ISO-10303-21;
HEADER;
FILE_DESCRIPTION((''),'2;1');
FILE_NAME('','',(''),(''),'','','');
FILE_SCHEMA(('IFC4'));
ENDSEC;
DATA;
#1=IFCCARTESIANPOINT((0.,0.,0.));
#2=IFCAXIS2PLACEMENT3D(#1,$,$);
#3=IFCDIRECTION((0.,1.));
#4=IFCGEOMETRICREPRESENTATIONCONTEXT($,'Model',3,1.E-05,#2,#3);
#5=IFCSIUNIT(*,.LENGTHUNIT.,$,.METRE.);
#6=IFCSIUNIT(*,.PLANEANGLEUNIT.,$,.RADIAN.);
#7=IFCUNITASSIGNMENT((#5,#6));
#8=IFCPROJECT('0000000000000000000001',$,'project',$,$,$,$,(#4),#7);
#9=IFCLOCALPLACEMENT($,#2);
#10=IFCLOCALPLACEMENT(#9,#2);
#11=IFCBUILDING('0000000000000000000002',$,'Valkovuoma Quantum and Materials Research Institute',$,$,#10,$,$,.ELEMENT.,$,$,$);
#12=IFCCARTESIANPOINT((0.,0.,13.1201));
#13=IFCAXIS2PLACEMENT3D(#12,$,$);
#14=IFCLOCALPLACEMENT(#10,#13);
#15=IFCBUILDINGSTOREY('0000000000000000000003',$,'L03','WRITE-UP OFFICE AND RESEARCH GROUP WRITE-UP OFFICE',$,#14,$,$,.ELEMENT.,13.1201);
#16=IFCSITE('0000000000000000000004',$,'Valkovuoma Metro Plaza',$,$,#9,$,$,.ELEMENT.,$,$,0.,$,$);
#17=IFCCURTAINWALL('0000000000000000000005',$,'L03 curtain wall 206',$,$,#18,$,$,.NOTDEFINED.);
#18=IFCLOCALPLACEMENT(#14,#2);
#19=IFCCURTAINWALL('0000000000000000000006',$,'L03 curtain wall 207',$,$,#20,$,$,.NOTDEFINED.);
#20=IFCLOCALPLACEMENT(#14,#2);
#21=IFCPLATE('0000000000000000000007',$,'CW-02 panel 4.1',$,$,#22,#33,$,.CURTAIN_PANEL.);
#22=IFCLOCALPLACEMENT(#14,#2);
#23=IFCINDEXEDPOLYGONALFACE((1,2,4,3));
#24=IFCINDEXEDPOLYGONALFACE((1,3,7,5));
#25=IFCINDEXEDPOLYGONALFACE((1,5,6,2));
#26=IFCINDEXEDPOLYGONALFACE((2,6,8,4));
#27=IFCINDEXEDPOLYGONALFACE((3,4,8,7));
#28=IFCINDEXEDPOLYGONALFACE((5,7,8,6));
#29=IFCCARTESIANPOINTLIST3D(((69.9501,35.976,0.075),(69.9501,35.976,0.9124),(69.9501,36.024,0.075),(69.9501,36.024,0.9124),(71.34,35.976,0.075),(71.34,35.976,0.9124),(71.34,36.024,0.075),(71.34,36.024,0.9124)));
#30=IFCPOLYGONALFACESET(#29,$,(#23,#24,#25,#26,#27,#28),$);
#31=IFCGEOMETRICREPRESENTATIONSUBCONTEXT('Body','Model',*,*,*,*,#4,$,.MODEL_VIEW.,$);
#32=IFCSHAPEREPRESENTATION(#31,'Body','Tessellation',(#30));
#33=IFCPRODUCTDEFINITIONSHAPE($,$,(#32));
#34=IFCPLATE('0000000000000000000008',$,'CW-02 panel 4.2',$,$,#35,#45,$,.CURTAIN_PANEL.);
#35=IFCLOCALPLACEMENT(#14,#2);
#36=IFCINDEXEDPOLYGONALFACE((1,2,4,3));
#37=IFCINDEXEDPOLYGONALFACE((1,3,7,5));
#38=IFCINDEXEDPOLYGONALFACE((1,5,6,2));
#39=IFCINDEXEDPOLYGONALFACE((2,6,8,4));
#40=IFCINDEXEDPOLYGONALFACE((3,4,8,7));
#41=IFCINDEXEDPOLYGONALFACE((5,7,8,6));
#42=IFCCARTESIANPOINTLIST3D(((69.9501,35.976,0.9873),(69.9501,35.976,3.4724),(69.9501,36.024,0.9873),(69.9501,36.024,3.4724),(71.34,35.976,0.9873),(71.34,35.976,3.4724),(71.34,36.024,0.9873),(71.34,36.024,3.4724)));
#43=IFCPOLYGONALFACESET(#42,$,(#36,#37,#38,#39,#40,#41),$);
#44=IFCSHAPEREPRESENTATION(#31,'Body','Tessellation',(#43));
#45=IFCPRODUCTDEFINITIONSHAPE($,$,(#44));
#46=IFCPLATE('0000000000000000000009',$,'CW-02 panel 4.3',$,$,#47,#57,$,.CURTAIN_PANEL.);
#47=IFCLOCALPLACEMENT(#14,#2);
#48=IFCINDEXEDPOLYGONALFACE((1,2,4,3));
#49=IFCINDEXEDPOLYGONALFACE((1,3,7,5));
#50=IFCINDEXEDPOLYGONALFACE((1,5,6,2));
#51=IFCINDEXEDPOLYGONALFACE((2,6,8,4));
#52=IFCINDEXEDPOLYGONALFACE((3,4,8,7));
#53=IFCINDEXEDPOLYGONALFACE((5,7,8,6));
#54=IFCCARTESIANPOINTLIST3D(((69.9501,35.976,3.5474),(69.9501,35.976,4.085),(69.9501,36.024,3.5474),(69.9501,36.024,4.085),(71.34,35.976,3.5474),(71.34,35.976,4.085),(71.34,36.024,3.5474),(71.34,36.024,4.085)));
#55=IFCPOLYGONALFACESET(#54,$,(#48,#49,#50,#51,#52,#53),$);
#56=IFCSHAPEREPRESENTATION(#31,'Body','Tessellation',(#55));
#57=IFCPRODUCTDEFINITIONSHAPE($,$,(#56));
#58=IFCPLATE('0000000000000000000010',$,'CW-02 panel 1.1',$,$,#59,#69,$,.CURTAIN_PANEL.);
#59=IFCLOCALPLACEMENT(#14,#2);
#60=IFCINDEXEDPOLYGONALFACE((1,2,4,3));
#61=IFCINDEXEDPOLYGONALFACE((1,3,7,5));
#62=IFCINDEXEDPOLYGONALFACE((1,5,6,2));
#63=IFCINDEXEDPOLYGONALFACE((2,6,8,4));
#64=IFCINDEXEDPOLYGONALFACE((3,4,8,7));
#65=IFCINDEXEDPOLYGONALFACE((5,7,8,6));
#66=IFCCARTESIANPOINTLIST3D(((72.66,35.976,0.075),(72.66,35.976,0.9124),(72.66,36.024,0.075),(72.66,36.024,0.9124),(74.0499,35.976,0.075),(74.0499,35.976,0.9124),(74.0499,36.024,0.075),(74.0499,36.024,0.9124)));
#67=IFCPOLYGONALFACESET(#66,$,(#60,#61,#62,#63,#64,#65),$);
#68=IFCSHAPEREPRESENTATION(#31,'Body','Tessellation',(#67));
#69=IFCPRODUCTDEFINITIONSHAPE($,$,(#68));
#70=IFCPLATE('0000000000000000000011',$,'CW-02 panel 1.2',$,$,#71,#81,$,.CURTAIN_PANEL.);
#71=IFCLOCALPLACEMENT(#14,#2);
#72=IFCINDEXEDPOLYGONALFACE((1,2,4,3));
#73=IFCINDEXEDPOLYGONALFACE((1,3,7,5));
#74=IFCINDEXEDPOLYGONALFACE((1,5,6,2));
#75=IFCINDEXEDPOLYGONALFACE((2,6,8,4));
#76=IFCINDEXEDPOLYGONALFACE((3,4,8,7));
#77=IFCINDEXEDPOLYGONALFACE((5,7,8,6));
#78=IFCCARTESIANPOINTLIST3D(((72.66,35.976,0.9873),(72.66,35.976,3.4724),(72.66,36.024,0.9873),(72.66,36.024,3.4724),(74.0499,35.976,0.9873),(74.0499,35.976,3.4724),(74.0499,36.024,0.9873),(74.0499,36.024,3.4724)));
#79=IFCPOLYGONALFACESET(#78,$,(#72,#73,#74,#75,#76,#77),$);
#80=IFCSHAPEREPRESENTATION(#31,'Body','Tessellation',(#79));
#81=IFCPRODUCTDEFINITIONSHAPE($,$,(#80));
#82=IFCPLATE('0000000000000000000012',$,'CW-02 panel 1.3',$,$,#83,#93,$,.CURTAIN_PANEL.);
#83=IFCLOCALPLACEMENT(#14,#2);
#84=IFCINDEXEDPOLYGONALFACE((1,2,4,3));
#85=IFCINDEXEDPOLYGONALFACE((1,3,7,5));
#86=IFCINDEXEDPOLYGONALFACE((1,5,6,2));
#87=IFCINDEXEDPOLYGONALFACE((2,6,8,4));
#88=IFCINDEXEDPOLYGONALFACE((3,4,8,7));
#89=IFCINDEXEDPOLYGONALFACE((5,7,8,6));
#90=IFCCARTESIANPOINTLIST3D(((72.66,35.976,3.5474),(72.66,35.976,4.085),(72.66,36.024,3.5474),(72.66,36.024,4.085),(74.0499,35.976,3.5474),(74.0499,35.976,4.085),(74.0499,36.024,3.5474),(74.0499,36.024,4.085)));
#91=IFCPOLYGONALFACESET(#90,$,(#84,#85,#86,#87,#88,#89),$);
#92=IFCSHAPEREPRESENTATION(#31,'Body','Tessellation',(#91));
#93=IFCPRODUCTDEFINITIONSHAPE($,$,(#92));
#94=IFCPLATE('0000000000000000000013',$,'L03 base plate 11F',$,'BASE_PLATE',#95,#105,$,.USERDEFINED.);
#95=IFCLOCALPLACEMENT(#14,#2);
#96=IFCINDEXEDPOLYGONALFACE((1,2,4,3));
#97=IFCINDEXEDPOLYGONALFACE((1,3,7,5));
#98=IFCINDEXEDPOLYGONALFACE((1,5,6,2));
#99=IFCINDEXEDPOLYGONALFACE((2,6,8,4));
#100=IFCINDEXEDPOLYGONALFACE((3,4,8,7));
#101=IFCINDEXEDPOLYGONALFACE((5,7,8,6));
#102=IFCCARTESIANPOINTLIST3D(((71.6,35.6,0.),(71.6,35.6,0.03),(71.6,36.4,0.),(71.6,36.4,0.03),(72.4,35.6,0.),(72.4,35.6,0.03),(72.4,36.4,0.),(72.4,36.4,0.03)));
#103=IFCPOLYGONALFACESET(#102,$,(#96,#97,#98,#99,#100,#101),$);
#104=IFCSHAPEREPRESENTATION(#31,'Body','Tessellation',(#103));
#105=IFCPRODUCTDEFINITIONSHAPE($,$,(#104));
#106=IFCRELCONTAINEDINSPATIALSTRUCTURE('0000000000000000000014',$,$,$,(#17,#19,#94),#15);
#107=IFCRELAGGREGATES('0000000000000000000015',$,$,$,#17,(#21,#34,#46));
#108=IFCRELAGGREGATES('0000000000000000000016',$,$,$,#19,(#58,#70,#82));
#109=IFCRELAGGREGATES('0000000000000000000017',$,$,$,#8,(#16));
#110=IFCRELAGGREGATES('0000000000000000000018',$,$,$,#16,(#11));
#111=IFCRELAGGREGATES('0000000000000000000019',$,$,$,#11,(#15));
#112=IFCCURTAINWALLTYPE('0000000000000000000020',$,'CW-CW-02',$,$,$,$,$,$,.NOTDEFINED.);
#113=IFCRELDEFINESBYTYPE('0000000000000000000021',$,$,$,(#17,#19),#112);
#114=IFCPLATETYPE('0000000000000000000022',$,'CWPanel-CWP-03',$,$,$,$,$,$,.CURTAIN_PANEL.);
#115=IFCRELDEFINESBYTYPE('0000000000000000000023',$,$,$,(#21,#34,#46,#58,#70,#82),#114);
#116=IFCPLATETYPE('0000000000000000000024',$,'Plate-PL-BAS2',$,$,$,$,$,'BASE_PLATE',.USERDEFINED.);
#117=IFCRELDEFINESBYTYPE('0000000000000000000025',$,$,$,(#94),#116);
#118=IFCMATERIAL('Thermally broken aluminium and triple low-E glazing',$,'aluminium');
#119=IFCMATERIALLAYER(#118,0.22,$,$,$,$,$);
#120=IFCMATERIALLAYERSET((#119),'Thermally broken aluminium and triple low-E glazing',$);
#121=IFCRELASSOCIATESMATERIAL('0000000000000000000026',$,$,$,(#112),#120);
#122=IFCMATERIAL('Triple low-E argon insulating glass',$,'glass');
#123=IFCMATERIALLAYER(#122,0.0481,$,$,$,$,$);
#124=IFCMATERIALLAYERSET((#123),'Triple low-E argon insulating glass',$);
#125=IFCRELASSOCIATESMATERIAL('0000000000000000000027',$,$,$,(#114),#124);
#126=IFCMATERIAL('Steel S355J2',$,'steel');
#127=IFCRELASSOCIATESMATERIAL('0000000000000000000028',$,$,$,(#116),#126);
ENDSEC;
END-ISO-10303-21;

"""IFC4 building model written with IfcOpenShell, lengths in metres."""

from ifc_helpers import new_model, si_unit, direction, frame, origin, origin_2d, place, context, subcontext, project, spatial, rectangle, extrude, material, layer, layer_set, type_object, element, aggregate, save


model = new_model("IFC4")

# Units and contexts
model_context = context("Model", 3, precision=1e-05, world=origin(), true_north=direction((0.0, 1.0)))
body_context = subcontext(model_context, "Body", "Model", "MODEL_VIEW")
ifc_project = project(units=[si_unit("LENGTHUNIT", "METRE"), si_unit("PLANEANGLEUNIT", "RADIAN")], contexts=[model_context])

# Site, building, storey
site_placement = place(None, origin())
site = spatial("IfcSite", under=ifc_project, at=site_placement, Name="Valkovuoma Metro Plaza", CompositionType="ELEMENT", RefElevation=0.0)
building_placement = place(site_placement, origin())
building = spatial("IfcBuilding", under=site, at=building_placement, Name="Valkovuoma Quantum and Materials Research Institute", CompositionType="ELEMENT")
storey_placement = place(building_placement, frame((0.0, 0.0, 13.1201)))
storey = spatial("IfcBuildingStorey", under=building, at=storey_placement, Name="L03", Description="WRITE-UP OFFICE AND RESEARCH GROUP WRITE-UP OFFICE", CompositionType="ELEMENT", Elevation=13.1201)

# Curtain wall
ifc_material_1 = material(Name="Thermally broken aluminium and triple low-E glazing", Category="aluminium")
ifc_layer_1 = layer(ifc_material_1, 0.22)
ifc_layer_set_1 = layer_set([ifc_layer_1], Name="Thermally broken aluminium and triple low-E glazing")
curtain_wall_type = type_object("IfcCurtainWallType", Name="CW-CW-02", PredefinedType="NOTDEFINED", material=ifc_layer_set_1)
curtain_wall_1_placement = place(storey_placement, origin())
curtain_wall_1 = element("IfcCurtainWall", 1, at=curtain_wall_1_placement, inside=storey, type_object=curtain_wall_type, Name="L03 curtain wall 206", PredefinedType="NOTDEFINED")

# Curtain wall
curtain_wall_2_placement = place(storey_placement, origin())
curtain_wall_2 = element("IfcCurtainWall", 2, at=curtain_wall_2_placement, inside=storey, type_object=curtain_wall_type, Name="L03 curtain wall 207", PredefinedType="NOTDEFINED")

# Plates
ifc_material_2 = material(Name="Triple low-E argon insulating glass", Category="glass")
ifc_layer_2 = layer(ifc_material_2, 0.0481)
ifc_layer_set_2 = layer_set([ifc_layer_2], Name="Triple low-E argon insulating glass")
plate_type_1 = type_object("IfcPlateType", Name="CWPanel-CWP-03", PredefinedType="CURTAIN_PANEL", material=ifc_layer_set_2)
plate_1_placement = place(storey_placement, frame((70.645, 36.0, 0.075), z_axis=(0.0, 0.0, 1.0), x_axis=(1.0, 0.0, 0.0)))
plate_1 = element("IfcPlate", 3, at=plate_1_placement, type_object=plate_type_1, Name="CW-02 panel 4.1", PredefinedType="CURTAIN_PANEL", context=body_context, shape_type="SweptSolid", body=[
    extrude(rectangle(XDim=1.3899, YDim=0.0481, at=origin_2d()), origin(), (0.0, 0.0, 1.0), 0.8374),
])
plate_2_placement = place(storey_placement, frame((70.645, 36.0, 0.9873), z_axis=(0.0, 0.0, 1.0), x_axis=(1.0, 0.0, 0.0)))
plate_2 = element("IfcPlate", 4, at=plate_2_placement, type_object=plate_type_1, Name="CW-02 panel 4.2", PredefinedType="CURTAIN_PANEL", context=body_context, shape_type="SweptSolid", body=[
    extrude(rectangle(XDim=1.3899, YDim=0.0481, at=origin_2d()), origin(), (0.0, 0.0, 1.0), 2.4851),
])
plate_3_placement = place(storey_placement, frame((70.645, 36.0, 3.5474), z_axis=(0.0, 0.0, 1.0), x_axis=(1.0, 0.0, 0.0)))
plate_3 = element("IfcPlate", 5, at=plate_3_placement, type_object=plate_type_1, Name="CW-02 panel 4.3", PredefinedType="CURTAIN_PANEL", context=body_context, shape_type="SweptSolid", body=[
    extrude(rectangle(XDim=1.3899, YDim=0.0481, at=origin_2d()), origin(), (0.0, 0.0, 1.0), 0.5376),
])
aggregate(curtain_wall_1, [plate_1, plate_2, plate_3])
plate_4_placement = place(storey_placement, frame((73.355, 36.0, 0.075), z_axis=(0.0, 0.0, 1.0), x_axis=(1.0, 0.0, 0.0)))
plate_4 = element("IfcPlate", 6, at=plate_4_placement, type_object=plate_type_1, Name="CW-02 panel 1.1", PredefinedType="CURTAIN_PANEL", context=body_context, shape_type="SweptSolid", body=[
    extrude(rectangle(XDim=1.3899, YDim=0.0481, at=origin_2d()), origin(), (0.0, 0.0, 1.0), 0.8374),
])
plate_5_placement = place(storey_placement, frame((73.355, 36.0, 0.9873), z_axis=(0.0, 0.0, 1.0), x_axis=(1.0, 0.0, 0.0)))
plate_5 = element("IfcPlate", 7, at=plate_5_placement, type_object=plate_type_1, Name="CW-02 panel 1.2", PredefinedType="CURTAIN_PANEL", context=body_context, shape_type="SweptSolid", body=[
    extrude(rectangle(XDim=1.3899, YDim=0.0481, at=origin_2d()), origin(), (0.0, 0.0, 1.0), 2.4851),
])
plate_6_placement = place(storey_placement, frame((73.355, 36.0, 3.5474), z_axis=(0.0, 0.0, 1.0), x_axis=(1.0, 0.0, 0.0)))
plate_6 = element("IfcPlate", 8, at=plate_6_placement, type_object=plate_type_1, Name="CW-02 panel 1.3", PredefinedType="CURTAIN_PANEL", context=body_context, shape_type="SweptSolid", body=[
    extrude(rectangle(XDim=1.3899, YDim=0.0481, at=origin_2d()), origin(), (0.0, 0.0, 1.0), 0.5376),
])
aggregate(curtain_wall_2, [plate_4, plate_5, plate_6])
ifc_material_3 = material(Name="Steel S355J2", Category="steel")
plate_type_2 = type_object("IfcPlateType", Name="Plate-PL-BAS2", ElementType="BASE_PLATE", PredefinedType="USERDEFINED", material=ifc_material_3)
plate_7_placement = place(storey_placement, frame((72.0, 36.0, 0.0), z_axis=(0.0, 0.0, 1.0), x_axis=(1.0, 0.0, 0.0)))
element("IfcPlate", 9, at=plate_7_placement, inside=storey, type_object=plate_type_2, Name="L03 base plate 11F", ObjectType="BASE_PLATE", PredefinedType="USERDEFINED", context=body_context, shape_type="SweptSolid", body=[
    extrude(rectangle(XDim=0.8, YDim=0.8, at=origin_2d()), origin(), (0.0, 0.0, 1.0), 0.03),
])

save(model, "model.ifc")
